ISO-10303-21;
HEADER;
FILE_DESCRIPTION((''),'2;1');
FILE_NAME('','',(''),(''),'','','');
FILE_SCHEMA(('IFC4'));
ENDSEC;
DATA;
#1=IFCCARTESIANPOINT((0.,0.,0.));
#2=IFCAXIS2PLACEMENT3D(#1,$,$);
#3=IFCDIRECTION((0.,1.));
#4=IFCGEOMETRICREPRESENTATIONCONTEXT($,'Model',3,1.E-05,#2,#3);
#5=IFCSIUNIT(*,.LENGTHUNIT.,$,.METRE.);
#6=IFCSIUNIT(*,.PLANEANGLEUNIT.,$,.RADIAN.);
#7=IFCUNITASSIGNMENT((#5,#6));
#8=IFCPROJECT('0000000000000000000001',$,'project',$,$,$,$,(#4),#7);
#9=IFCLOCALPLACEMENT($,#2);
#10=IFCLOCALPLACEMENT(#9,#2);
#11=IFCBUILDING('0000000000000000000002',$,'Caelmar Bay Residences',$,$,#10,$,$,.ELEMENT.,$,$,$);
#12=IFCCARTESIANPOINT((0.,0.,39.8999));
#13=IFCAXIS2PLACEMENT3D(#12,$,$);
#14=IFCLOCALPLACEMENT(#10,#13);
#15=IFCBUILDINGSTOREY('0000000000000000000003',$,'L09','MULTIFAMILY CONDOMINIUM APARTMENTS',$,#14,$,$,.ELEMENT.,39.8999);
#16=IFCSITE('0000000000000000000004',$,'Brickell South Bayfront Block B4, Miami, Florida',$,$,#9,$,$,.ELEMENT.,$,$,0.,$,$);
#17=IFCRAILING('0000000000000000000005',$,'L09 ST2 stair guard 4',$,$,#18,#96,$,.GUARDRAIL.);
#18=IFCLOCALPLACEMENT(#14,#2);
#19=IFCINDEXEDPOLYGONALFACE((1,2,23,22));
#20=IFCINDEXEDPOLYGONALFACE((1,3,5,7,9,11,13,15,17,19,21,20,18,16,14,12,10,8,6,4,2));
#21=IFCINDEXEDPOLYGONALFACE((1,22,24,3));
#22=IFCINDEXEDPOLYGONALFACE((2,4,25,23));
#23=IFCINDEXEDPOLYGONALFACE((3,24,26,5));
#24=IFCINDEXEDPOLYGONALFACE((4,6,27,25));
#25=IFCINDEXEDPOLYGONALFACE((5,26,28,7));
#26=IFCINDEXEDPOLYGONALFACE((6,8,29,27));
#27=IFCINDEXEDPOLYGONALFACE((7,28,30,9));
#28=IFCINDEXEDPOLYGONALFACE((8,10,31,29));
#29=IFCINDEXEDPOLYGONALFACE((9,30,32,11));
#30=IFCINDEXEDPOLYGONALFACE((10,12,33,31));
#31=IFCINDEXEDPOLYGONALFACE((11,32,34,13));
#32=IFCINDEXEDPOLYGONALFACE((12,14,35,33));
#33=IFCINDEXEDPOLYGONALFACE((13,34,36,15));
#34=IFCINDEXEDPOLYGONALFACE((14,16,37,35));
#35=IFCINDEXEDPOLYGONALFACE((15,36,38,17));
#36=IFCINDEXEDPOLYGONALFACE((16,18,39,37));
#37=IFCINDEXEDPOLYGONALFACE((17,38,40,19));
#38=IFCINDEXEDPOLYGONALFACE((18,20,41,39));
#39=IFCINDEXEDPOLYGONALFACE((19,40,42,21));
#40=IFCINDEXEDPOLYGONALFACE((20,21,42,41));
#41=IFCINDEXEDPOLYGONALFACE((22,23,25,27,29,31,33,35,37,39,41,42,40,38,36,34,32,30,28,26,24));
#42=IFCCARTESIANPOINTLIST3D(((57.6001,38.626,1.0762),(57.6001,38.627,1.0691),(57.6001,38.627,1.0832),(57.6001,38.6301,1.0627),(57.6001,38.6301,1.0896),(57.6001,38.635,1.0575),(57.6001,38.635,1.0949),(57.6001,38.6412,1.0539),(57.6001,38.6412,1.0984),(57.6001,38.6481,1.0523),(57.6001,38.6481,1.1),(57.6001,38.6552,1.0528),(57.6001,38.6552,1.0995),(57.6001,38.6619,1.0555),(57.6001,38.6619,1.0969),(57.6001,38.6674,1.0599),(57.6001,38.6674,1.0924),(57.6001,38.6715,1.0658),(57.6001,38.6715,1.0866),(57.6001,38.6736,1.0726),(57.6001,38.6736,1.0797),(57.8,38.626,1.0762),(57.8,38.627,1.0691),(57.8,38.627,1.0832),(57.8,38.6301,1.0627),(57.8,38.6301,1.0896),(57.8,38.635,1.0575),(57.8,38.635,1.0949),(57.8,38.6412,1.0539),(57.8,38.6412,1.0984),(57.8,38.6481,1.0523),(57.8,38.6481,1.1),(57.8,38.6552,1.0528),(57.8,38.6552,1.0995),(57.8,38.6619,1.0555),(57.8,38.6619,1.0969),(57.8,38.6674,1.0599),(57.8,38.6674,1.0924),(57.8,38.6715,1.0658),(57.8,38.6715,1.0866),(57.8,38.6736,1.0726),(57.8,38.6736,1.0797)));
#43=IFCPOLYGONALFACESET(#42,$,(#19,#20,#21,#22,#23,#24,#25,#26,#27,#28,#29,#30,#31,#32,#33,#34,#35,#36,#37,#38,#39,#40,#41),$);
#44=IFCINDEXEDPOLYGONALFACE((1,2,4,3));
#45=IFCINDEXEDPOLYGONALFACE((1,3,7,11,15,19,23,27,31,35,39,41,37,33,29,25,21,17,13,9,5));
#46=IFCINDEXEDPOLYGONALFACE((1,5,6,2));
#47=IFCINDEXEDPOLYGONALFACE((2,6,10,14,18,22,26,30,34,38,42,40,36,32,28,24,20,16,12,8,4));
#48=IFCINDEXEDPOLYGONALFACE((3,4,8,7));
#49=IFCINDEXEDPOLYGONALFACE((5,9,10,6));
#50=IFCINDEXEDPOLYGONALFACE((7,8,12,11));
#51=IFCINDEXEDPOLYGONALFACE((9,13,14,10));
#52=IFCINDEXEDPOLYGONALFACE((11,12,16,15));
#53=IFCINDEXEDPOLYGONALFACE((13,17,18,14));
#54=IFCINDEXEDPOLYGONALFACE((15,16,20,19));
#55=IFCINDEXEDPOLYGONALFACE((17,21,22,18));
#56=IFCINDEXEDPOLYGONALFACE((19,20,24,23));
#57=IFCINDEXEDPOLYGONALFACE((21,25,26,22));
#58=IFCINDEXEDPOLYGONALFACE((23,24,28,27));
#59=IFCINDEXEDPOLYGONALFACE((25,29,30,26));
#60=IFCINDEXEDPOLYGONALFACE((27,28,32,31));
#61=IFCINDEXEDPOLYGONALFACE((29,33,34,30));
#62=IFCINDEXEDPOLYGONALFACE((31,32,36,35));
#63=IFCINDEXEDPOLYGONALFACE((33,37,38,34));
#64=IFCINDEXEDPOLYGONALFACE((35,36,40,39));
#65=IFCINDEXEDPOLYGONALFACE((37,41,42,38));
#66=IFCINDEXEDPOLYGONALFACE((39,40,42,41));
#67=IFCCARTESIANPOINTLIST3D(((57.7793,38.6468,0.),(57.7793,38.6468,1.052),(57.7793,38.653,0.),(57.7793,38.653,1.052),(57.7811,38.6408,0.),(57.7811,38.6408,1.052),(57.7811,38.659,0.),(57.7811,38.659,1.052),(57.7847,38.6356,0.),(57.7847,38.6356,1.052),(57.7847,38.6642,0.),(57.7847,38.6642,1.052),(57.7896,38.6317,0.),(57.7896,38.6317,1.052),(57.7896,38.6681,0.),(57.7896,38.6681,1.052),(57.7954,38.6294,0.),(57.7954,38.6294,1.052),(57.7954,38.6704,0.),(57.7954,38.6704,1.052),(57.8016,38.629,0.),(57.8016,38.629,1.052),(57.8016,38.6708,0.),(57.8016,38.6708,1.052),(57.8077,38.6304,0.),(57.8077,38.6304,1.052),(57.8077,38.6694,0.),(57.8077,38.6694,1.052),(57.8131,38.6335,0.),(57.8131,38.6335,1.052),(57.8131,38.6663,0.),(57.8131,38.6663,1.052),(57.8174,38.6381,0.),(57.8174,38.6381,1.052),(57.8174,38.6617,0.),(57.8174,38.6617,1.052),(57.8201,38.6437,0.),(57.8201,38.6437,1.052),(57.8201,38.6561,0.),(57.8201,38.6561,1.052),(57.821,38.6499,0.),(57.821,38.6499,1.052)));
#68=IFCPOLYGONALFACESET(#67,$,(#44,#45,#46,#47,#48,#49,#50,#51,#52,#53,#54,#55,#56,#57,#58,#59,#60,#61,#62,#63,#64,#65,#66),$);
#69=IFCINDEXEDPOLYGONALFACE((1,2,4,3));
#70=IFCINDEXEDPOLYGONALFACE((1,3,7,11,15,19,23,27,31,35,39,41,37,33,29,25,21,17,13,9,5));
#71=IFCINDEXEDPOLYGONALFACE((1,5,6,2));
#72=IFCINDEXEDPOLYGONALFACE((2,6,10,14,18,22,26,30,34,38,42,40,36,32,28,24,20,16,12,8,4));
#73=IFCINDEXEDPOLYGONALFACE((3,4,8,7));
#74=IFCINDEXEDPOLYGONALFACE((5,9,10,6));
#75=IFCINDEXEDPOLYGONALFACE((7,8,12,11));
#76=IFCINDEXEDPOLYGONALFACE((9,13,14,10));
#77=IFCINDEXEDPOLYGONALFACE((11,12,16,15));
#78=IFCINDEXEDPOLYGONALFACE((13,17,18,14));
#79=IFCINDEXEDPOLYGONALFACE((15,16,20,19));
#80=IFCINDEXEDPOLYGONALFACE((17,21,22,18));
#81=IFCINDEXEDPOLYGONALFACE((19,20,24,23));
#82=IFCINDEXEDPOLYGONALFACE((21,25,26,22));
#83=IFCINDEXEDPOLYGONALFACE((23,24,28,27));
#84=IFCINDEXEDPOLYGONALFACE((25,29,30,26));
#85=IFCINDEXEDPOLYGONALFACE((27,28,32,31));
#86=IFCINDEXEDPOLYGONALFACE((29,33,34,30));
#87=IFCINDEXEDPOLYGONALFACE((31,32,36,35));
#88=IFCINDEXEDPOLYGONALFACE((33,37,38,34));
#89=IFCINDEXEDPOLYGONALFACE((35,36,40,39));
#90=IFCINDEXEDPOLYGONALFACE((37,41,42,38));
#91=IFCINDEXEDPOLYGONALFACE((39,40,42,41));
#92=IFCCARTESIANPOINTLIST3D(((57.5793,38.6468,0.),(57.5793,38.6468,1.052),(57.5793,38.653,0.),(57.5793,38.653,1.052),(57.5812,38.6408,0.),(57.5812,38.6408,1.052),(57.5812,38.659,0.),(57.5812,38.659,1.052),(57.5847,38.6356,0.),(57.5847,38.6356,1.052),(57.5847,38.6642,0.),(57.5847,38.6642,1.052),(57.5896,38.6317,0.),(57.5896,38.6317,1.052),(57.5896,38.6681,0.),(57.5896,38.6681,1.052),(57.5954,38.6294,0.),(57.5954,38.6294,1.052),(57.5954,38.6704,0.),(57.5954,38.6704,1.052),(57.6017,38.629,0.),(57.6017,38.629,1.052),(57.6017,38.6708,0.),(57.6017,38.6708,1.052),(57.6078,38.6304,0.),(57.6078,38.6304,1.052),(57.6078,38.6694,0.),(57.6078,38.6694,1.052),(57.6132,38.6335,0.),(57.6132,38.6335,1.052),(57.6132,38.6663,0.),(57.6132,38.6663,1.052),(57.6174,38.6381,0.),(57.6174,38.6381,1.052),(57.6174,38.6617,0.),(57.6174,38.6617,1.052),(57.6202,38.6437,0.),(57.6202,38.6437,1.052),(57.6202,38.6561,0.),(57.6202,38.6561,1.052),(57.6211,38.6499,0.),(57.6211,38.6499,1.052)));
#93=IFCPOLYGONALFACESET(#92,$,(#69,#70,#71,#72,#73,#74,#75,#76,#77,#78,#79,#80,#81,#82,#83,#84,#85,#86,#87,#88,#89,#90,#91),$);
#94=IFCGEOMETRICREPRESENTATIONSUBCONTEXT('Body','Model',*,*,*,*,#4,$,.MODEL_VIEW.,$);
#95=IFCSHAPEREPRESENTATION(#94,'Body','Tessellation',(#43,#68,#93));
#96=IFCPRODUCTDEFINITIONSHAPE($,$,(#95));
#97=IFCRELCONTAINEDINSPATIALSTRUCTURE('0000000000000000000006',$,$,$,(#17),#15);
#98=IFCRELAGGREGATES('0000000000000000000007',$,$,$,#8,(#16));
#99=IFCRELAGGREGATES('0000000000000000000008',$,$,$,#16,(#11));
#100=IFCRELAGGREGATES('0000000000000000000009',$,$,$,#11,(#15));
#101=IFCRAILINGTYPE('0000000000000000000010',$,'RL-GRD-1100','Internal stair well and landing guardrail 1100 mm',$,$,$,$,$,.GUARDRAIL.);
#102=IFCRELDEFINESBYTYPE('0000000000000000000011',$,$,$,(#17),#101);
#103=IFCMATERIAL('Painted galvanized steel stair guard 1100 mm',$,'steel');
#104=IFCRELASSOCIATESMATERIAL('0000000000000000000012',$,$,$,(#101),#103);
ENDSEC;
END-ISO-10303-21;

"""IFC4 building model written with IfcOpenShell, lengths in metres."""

from ifc_helpers import new_model, si_unit, direction, frame, origin, origin_2d, place, context, subcontext, project, spatial, circle, extrude, material, type_object, element, save


model = new_model("IFC4")

# Units and contexts
model_context = context("Model", 3, precision=1e-05, world=origin(), true_north=direction((0.0, 1.0)))
body_context = subcontext(model_context, "Body", "Model", "MODEL_VIEW")
ifc_project = project(units=[si_unit("LENGTHUNIT", "METRE"), si_unit("PLANEANGLEUNIT", "RADIAN")], contexts=[model_context])

# Site, building, storey
site_placement = place(None, origin())
site = spatial("IfcSite", under=ifc_project, at=site_placement, Name="Brickell South Bayfront Block B4, Miami, Florida", CompositionType="ELEMENT", RefElevation=0.0)
building_placement = place(site_placement, origin())
building = spatial("IfcBuilding", under=site, at=building_placement, Name="Caelmar Bay Residences", CompositionType="ELEMENT")
storey_placement = place(building_placement, frame((0.0, 0.0, 39.8999)))
storey = spatial("IfcBuildingStorey", under=building, at=storey_placement, Name="L09", Description="MULTIFAMILY CONDOMINIUM APARTMENTS", CompositionType="ELEMENT", Elevation=39.8999)

# Railing
ifc_material_1 = material(Name="Painted galvanized steel stair guard 1100 mm", Category="steel")
railing_type_1 = type_object("IfcRailingType", Name="RL-GRD-1100", Description="Internal stair well and landing guardrail 1100 mm", PredefinedType="GUARDRAIL", material=ifc_material_1)
railing_1_placement = place(storey_placement, frame((57.8, 38.6499, 0.0)))
element("IfcRailing", 1, at=railing_1_placement, inside=storey, type_object=railing_type_1, Name="L09 ST2 stair guard 4", PredefinedType="GUARDRAIL", context=body_context, shape_type="SweptSolid", body=[
    extrude(circle(Radius=0.0239, at=origin_2d()), frame((0.0, 0.0, 1.0762), z_axis=(-1.0, 0.0, 0.0), x_axis=(0.0, -1.0, 0.0)), (0.0, 0.0, 1.0), 0.2),
    extrude(circle(Radius=0.021, at=origin_2d()), origin(), (0.0, 0.0, 1.0), 1.052),
    extrude(circle(Radius=0.021, at=origin_2d()), frame((-0.2, 0.0, 0.0)), (0.0, 0.0, 1.0), 1.052),
])

save(model, "model.ifc")
